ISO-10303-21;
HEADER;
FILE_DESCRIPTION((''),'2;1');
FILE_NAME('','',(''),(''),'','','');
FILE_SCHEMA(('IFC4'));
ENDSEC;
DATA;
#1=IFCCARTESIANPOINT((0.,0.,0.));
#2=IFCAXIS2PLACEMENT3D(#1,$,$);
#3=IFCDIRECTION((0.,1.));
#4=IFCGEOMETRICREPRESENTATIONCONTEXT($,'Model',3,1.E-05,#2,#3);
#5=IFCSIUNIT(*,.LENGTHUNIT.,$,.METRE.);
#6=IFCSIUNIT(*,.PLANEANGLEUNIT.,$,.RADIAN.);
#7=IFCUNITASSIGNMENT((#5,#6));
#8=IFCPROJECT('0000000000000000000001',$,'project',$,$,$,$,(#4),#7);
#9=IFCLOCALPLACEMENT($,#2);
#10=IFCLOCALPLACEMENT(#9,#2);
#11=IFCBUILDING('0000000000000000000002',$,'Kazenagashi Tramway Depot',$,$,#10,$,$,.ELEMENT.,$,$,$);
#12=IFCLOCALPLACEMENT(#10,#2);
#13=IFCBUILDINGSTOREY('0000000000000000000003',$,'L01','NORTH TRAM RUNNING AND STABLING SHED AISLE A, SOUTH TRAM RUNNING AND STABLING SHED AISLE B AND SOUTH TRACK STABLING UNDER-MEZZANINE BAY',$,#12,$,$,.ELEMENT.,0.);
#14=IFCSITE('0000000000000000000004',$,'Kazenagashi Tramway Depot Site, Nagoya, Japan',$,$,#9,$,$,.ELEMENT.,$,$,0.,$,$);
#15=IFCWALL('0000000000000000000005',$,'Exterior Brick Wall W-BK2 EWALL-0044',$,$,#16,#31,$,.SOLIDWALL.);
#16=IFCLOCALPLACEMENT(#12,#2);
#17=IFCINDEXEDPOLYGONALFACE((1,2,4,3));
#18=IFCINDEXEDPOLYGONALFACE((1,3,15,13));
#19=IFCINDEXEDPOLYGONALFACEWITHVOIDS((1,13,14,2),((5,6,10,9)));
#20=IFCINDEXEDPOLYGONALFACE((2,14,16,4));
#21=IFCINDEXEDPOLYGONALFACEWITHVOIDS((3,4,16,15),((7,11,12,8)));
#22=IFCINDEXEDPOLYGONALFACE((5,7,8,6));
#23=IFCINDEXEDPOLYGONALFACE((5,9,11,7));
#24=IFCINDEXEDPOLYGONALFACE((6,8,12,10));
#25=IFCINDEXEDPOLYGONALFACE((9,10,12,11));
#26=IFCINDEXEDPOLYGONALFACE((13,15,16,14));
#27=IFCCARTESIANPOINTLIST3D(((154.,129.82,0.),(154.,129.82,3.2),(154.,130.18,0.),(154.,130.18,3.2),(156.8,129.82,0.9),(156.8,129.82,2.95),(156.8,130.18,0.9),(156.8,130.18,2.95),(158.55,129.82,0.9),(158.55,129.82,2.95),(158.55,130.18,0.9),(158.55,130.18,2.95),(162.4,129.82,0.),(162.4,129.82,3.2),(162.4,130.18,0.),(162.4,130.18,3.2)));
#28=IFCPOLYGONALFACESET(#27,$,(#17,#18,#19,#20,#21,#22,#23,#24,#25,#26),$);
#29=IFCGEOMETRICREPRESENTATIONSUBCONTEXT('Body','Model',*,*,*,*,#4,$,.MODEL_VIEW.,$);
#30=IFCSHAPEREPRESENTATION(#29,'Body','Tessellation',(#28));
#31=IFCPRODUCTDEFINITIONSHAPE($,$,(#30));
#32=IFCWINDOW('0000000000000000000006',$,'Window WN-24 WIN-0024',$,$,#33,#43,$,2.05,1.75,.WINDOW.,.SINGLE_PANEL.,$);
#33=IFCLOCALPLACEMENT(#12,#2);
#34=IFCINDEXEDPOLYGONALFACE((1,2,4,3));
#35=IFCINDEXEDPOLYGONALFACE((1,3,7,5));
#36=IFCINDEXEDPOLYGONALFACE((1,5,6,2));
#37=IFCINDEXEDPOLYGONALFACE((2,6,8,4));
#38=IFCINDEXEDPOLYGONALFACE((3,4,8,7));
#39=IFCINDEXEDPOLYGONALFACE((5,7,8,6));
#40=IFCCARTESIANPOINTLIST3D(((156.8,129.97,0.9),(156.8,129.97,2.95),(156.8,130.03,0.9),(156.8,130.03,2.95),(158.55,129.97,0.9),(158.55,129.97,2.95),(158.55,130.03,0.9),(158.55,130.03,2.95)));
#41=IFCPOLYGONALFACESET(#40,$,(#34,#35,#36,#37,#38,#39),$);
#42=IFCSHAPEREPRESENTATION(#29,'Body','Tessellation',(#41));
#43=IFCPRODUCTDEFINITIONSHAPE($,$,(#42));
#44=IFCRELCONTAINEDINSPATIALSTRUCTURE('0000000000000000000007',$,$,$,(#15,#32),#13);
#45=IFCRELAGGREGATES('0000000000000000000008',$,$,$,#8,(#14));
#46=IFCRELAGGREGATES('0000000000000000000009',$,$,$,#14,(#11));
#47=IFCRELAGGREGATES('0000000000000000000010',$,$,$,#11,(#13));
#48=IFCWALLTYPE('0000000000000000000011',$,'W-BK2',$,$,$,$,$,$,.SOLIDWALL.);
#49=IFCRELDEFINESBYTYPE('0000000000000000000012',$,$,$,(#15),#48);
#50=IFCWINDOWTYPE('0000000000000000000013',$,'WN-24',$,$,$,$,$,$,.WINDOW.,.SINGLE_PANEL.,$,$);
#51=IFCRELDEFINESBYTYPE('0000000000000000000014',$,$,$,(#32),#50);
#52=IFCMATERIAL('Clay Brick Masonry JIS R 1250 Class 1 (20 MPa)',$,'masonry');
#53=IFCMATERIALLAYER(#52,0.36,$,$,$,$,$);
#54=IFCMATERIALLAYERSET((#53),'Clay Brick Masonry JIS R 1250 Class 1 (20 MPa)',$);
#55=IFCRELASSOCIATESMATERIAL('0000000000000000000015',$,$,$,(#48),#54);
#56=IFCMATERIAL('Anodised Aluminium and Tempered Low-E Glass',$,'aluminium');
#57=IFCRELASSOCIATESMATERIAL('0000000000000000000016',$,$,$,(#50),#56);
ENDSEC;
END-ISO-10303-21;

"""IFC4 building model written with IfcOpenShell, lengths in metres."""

from ifc_helpers import new_model, si_unit, direction, frame, frame_2d, origin, place, context, subcontext, project, spatial, rectangle, extrude, material, layer, layer_set, type_object, element, fill, save


model = new_model("IFC4")

# Units and contexts
model_context = context("Model", 3, precision=1e-05, world=origin(), true_north=direction((0.0, 1.0)))
body_context = subcontext(model_context, "Body", "Model", "MODEL_VIEW")
ifc_project = project(units=[si_unit("LENGTHUNIT", "METRE"), si_unit("PLANEANGLEUNIT", "RADIAN")], contexts=[model_context])

# Site, building, storey
site_placement = place(None, origin())
site = spatial("IfcSite", under=ifc_project, at=site_placement, Name="Kazenagashi Tramway Depot Site, Nagoya, Japan", CompositionType="ELEMENT", RefElevation=0.0)
building_placement = place(site_placement, origin())
building = spatial("IfcBuilding", under=site, at=building_placement, Name="Kazenagashi Tramway Depot", CompositionType="ELEMENT")
storey_placement = place(building_placement, origin())
storey = spatial("IfcBuildingStorey", under=building, at=storey_placement, Name="L01", Description="NORTH TRAM RUNNING AND STABLING SHED AISLE A, SOUTH TRAM RUNNING AND STABLING SHED AISLE B AND SOUTH TRACK STABLING UNDER-MEZZANINE BAY", CompositionType="ELEMENT", Elevation=0.0)

# Wall, opening, window
ifc_material_1 = material(Name="Clay Brick Masonry JIS R 1250 Class 1 (20 MPa)", Category="masonry")
ifc_layer_1 = layer(ifc_material_1, 0.36)
ifc_layer_set_1 = layer_set([ifc_layer_1], Name="Clay Brick Masonry JIS R 1250 Class 1 (20 MPa)")
wall_type = type_object("IfcWallType", Name="W-BK2", PredefinedType="SOLIDWALL", material=ifc_layer_set_1)
wall_placement = place(storey_placement, frame((154.0, 130.0, 0.0), z_axis=(0.0, 0.0, 1.0), x_axis=(1.0, 0.0, 0.0)))
wall = element("IfcWall", 1, at=wall_placement, inside=storey, type_object=wall_type, Name="Exterior Brick Wall W-BK2 EWALL-0044", PredefinedType="SOLIDWALL", context=body_context, shape_type="SweptSolid", body=[
    extrude(rectangle(XDim=8.4, YDim=0.36, at=frame_2d((4.2, 0.0))), origin(), (0.0, 0.0, 1.0), 3.2),
])
opening_placement = place(wall_placement, frame((2.8, 0.0, 0.9)))
opening = element("IfcOpeningElement", 2, at=opening_placement, cuts=wall, PredefinedType="OPENING", context=body_context, shape_type="SweptSolid", body=[
    extrude(rectangle(XDim=1.75, YDim=2.05, at=frame_2d((0.875, 1.025))), frame((0.0, 0.19, 0.0), z_axis=(0.0, -1.0, 0.0), x_axis=(1.0, 0.0, 0.0)), (0.0, 0.0, 1.0), 0.38),
])
ifc_material_2 = material(Name="Anodised Aluminium and Tempered Low-E Glass", Category="aluminium")
window_type = type_object("IfcWindowType", Name="WN-24", PartitioningType="SINGLE_PANEL", PredefinedType="WINDOW", material=ifc_material_2)
window_placement = place(opening_placement, origin())
window = element("IfcWindow", 3, at=window_placement, inside=storey, type_object=window_type, Name="Window WN-24 WIN-0024", OverallHeight=2.05, OverallWidth=1.75, PartitioningType="SINGLE_PANEL", PredefinedType="WINDOW", context=body_context, shape_type="SweptSolid", body=[
    extrude(rectangle(XDim=1.75, YDim=2.05, at=frame_2d((0.875, 1.025))), frame((0.0, 0.03, 0.0), z_axis=(0.0, -1.0, 0.0), x_axis=(1.0, 0.0, 0.0)), (0.0, 0.0, 1.0), 0.06),
])
fill(opening, window)

save(model, "model.ifc")
